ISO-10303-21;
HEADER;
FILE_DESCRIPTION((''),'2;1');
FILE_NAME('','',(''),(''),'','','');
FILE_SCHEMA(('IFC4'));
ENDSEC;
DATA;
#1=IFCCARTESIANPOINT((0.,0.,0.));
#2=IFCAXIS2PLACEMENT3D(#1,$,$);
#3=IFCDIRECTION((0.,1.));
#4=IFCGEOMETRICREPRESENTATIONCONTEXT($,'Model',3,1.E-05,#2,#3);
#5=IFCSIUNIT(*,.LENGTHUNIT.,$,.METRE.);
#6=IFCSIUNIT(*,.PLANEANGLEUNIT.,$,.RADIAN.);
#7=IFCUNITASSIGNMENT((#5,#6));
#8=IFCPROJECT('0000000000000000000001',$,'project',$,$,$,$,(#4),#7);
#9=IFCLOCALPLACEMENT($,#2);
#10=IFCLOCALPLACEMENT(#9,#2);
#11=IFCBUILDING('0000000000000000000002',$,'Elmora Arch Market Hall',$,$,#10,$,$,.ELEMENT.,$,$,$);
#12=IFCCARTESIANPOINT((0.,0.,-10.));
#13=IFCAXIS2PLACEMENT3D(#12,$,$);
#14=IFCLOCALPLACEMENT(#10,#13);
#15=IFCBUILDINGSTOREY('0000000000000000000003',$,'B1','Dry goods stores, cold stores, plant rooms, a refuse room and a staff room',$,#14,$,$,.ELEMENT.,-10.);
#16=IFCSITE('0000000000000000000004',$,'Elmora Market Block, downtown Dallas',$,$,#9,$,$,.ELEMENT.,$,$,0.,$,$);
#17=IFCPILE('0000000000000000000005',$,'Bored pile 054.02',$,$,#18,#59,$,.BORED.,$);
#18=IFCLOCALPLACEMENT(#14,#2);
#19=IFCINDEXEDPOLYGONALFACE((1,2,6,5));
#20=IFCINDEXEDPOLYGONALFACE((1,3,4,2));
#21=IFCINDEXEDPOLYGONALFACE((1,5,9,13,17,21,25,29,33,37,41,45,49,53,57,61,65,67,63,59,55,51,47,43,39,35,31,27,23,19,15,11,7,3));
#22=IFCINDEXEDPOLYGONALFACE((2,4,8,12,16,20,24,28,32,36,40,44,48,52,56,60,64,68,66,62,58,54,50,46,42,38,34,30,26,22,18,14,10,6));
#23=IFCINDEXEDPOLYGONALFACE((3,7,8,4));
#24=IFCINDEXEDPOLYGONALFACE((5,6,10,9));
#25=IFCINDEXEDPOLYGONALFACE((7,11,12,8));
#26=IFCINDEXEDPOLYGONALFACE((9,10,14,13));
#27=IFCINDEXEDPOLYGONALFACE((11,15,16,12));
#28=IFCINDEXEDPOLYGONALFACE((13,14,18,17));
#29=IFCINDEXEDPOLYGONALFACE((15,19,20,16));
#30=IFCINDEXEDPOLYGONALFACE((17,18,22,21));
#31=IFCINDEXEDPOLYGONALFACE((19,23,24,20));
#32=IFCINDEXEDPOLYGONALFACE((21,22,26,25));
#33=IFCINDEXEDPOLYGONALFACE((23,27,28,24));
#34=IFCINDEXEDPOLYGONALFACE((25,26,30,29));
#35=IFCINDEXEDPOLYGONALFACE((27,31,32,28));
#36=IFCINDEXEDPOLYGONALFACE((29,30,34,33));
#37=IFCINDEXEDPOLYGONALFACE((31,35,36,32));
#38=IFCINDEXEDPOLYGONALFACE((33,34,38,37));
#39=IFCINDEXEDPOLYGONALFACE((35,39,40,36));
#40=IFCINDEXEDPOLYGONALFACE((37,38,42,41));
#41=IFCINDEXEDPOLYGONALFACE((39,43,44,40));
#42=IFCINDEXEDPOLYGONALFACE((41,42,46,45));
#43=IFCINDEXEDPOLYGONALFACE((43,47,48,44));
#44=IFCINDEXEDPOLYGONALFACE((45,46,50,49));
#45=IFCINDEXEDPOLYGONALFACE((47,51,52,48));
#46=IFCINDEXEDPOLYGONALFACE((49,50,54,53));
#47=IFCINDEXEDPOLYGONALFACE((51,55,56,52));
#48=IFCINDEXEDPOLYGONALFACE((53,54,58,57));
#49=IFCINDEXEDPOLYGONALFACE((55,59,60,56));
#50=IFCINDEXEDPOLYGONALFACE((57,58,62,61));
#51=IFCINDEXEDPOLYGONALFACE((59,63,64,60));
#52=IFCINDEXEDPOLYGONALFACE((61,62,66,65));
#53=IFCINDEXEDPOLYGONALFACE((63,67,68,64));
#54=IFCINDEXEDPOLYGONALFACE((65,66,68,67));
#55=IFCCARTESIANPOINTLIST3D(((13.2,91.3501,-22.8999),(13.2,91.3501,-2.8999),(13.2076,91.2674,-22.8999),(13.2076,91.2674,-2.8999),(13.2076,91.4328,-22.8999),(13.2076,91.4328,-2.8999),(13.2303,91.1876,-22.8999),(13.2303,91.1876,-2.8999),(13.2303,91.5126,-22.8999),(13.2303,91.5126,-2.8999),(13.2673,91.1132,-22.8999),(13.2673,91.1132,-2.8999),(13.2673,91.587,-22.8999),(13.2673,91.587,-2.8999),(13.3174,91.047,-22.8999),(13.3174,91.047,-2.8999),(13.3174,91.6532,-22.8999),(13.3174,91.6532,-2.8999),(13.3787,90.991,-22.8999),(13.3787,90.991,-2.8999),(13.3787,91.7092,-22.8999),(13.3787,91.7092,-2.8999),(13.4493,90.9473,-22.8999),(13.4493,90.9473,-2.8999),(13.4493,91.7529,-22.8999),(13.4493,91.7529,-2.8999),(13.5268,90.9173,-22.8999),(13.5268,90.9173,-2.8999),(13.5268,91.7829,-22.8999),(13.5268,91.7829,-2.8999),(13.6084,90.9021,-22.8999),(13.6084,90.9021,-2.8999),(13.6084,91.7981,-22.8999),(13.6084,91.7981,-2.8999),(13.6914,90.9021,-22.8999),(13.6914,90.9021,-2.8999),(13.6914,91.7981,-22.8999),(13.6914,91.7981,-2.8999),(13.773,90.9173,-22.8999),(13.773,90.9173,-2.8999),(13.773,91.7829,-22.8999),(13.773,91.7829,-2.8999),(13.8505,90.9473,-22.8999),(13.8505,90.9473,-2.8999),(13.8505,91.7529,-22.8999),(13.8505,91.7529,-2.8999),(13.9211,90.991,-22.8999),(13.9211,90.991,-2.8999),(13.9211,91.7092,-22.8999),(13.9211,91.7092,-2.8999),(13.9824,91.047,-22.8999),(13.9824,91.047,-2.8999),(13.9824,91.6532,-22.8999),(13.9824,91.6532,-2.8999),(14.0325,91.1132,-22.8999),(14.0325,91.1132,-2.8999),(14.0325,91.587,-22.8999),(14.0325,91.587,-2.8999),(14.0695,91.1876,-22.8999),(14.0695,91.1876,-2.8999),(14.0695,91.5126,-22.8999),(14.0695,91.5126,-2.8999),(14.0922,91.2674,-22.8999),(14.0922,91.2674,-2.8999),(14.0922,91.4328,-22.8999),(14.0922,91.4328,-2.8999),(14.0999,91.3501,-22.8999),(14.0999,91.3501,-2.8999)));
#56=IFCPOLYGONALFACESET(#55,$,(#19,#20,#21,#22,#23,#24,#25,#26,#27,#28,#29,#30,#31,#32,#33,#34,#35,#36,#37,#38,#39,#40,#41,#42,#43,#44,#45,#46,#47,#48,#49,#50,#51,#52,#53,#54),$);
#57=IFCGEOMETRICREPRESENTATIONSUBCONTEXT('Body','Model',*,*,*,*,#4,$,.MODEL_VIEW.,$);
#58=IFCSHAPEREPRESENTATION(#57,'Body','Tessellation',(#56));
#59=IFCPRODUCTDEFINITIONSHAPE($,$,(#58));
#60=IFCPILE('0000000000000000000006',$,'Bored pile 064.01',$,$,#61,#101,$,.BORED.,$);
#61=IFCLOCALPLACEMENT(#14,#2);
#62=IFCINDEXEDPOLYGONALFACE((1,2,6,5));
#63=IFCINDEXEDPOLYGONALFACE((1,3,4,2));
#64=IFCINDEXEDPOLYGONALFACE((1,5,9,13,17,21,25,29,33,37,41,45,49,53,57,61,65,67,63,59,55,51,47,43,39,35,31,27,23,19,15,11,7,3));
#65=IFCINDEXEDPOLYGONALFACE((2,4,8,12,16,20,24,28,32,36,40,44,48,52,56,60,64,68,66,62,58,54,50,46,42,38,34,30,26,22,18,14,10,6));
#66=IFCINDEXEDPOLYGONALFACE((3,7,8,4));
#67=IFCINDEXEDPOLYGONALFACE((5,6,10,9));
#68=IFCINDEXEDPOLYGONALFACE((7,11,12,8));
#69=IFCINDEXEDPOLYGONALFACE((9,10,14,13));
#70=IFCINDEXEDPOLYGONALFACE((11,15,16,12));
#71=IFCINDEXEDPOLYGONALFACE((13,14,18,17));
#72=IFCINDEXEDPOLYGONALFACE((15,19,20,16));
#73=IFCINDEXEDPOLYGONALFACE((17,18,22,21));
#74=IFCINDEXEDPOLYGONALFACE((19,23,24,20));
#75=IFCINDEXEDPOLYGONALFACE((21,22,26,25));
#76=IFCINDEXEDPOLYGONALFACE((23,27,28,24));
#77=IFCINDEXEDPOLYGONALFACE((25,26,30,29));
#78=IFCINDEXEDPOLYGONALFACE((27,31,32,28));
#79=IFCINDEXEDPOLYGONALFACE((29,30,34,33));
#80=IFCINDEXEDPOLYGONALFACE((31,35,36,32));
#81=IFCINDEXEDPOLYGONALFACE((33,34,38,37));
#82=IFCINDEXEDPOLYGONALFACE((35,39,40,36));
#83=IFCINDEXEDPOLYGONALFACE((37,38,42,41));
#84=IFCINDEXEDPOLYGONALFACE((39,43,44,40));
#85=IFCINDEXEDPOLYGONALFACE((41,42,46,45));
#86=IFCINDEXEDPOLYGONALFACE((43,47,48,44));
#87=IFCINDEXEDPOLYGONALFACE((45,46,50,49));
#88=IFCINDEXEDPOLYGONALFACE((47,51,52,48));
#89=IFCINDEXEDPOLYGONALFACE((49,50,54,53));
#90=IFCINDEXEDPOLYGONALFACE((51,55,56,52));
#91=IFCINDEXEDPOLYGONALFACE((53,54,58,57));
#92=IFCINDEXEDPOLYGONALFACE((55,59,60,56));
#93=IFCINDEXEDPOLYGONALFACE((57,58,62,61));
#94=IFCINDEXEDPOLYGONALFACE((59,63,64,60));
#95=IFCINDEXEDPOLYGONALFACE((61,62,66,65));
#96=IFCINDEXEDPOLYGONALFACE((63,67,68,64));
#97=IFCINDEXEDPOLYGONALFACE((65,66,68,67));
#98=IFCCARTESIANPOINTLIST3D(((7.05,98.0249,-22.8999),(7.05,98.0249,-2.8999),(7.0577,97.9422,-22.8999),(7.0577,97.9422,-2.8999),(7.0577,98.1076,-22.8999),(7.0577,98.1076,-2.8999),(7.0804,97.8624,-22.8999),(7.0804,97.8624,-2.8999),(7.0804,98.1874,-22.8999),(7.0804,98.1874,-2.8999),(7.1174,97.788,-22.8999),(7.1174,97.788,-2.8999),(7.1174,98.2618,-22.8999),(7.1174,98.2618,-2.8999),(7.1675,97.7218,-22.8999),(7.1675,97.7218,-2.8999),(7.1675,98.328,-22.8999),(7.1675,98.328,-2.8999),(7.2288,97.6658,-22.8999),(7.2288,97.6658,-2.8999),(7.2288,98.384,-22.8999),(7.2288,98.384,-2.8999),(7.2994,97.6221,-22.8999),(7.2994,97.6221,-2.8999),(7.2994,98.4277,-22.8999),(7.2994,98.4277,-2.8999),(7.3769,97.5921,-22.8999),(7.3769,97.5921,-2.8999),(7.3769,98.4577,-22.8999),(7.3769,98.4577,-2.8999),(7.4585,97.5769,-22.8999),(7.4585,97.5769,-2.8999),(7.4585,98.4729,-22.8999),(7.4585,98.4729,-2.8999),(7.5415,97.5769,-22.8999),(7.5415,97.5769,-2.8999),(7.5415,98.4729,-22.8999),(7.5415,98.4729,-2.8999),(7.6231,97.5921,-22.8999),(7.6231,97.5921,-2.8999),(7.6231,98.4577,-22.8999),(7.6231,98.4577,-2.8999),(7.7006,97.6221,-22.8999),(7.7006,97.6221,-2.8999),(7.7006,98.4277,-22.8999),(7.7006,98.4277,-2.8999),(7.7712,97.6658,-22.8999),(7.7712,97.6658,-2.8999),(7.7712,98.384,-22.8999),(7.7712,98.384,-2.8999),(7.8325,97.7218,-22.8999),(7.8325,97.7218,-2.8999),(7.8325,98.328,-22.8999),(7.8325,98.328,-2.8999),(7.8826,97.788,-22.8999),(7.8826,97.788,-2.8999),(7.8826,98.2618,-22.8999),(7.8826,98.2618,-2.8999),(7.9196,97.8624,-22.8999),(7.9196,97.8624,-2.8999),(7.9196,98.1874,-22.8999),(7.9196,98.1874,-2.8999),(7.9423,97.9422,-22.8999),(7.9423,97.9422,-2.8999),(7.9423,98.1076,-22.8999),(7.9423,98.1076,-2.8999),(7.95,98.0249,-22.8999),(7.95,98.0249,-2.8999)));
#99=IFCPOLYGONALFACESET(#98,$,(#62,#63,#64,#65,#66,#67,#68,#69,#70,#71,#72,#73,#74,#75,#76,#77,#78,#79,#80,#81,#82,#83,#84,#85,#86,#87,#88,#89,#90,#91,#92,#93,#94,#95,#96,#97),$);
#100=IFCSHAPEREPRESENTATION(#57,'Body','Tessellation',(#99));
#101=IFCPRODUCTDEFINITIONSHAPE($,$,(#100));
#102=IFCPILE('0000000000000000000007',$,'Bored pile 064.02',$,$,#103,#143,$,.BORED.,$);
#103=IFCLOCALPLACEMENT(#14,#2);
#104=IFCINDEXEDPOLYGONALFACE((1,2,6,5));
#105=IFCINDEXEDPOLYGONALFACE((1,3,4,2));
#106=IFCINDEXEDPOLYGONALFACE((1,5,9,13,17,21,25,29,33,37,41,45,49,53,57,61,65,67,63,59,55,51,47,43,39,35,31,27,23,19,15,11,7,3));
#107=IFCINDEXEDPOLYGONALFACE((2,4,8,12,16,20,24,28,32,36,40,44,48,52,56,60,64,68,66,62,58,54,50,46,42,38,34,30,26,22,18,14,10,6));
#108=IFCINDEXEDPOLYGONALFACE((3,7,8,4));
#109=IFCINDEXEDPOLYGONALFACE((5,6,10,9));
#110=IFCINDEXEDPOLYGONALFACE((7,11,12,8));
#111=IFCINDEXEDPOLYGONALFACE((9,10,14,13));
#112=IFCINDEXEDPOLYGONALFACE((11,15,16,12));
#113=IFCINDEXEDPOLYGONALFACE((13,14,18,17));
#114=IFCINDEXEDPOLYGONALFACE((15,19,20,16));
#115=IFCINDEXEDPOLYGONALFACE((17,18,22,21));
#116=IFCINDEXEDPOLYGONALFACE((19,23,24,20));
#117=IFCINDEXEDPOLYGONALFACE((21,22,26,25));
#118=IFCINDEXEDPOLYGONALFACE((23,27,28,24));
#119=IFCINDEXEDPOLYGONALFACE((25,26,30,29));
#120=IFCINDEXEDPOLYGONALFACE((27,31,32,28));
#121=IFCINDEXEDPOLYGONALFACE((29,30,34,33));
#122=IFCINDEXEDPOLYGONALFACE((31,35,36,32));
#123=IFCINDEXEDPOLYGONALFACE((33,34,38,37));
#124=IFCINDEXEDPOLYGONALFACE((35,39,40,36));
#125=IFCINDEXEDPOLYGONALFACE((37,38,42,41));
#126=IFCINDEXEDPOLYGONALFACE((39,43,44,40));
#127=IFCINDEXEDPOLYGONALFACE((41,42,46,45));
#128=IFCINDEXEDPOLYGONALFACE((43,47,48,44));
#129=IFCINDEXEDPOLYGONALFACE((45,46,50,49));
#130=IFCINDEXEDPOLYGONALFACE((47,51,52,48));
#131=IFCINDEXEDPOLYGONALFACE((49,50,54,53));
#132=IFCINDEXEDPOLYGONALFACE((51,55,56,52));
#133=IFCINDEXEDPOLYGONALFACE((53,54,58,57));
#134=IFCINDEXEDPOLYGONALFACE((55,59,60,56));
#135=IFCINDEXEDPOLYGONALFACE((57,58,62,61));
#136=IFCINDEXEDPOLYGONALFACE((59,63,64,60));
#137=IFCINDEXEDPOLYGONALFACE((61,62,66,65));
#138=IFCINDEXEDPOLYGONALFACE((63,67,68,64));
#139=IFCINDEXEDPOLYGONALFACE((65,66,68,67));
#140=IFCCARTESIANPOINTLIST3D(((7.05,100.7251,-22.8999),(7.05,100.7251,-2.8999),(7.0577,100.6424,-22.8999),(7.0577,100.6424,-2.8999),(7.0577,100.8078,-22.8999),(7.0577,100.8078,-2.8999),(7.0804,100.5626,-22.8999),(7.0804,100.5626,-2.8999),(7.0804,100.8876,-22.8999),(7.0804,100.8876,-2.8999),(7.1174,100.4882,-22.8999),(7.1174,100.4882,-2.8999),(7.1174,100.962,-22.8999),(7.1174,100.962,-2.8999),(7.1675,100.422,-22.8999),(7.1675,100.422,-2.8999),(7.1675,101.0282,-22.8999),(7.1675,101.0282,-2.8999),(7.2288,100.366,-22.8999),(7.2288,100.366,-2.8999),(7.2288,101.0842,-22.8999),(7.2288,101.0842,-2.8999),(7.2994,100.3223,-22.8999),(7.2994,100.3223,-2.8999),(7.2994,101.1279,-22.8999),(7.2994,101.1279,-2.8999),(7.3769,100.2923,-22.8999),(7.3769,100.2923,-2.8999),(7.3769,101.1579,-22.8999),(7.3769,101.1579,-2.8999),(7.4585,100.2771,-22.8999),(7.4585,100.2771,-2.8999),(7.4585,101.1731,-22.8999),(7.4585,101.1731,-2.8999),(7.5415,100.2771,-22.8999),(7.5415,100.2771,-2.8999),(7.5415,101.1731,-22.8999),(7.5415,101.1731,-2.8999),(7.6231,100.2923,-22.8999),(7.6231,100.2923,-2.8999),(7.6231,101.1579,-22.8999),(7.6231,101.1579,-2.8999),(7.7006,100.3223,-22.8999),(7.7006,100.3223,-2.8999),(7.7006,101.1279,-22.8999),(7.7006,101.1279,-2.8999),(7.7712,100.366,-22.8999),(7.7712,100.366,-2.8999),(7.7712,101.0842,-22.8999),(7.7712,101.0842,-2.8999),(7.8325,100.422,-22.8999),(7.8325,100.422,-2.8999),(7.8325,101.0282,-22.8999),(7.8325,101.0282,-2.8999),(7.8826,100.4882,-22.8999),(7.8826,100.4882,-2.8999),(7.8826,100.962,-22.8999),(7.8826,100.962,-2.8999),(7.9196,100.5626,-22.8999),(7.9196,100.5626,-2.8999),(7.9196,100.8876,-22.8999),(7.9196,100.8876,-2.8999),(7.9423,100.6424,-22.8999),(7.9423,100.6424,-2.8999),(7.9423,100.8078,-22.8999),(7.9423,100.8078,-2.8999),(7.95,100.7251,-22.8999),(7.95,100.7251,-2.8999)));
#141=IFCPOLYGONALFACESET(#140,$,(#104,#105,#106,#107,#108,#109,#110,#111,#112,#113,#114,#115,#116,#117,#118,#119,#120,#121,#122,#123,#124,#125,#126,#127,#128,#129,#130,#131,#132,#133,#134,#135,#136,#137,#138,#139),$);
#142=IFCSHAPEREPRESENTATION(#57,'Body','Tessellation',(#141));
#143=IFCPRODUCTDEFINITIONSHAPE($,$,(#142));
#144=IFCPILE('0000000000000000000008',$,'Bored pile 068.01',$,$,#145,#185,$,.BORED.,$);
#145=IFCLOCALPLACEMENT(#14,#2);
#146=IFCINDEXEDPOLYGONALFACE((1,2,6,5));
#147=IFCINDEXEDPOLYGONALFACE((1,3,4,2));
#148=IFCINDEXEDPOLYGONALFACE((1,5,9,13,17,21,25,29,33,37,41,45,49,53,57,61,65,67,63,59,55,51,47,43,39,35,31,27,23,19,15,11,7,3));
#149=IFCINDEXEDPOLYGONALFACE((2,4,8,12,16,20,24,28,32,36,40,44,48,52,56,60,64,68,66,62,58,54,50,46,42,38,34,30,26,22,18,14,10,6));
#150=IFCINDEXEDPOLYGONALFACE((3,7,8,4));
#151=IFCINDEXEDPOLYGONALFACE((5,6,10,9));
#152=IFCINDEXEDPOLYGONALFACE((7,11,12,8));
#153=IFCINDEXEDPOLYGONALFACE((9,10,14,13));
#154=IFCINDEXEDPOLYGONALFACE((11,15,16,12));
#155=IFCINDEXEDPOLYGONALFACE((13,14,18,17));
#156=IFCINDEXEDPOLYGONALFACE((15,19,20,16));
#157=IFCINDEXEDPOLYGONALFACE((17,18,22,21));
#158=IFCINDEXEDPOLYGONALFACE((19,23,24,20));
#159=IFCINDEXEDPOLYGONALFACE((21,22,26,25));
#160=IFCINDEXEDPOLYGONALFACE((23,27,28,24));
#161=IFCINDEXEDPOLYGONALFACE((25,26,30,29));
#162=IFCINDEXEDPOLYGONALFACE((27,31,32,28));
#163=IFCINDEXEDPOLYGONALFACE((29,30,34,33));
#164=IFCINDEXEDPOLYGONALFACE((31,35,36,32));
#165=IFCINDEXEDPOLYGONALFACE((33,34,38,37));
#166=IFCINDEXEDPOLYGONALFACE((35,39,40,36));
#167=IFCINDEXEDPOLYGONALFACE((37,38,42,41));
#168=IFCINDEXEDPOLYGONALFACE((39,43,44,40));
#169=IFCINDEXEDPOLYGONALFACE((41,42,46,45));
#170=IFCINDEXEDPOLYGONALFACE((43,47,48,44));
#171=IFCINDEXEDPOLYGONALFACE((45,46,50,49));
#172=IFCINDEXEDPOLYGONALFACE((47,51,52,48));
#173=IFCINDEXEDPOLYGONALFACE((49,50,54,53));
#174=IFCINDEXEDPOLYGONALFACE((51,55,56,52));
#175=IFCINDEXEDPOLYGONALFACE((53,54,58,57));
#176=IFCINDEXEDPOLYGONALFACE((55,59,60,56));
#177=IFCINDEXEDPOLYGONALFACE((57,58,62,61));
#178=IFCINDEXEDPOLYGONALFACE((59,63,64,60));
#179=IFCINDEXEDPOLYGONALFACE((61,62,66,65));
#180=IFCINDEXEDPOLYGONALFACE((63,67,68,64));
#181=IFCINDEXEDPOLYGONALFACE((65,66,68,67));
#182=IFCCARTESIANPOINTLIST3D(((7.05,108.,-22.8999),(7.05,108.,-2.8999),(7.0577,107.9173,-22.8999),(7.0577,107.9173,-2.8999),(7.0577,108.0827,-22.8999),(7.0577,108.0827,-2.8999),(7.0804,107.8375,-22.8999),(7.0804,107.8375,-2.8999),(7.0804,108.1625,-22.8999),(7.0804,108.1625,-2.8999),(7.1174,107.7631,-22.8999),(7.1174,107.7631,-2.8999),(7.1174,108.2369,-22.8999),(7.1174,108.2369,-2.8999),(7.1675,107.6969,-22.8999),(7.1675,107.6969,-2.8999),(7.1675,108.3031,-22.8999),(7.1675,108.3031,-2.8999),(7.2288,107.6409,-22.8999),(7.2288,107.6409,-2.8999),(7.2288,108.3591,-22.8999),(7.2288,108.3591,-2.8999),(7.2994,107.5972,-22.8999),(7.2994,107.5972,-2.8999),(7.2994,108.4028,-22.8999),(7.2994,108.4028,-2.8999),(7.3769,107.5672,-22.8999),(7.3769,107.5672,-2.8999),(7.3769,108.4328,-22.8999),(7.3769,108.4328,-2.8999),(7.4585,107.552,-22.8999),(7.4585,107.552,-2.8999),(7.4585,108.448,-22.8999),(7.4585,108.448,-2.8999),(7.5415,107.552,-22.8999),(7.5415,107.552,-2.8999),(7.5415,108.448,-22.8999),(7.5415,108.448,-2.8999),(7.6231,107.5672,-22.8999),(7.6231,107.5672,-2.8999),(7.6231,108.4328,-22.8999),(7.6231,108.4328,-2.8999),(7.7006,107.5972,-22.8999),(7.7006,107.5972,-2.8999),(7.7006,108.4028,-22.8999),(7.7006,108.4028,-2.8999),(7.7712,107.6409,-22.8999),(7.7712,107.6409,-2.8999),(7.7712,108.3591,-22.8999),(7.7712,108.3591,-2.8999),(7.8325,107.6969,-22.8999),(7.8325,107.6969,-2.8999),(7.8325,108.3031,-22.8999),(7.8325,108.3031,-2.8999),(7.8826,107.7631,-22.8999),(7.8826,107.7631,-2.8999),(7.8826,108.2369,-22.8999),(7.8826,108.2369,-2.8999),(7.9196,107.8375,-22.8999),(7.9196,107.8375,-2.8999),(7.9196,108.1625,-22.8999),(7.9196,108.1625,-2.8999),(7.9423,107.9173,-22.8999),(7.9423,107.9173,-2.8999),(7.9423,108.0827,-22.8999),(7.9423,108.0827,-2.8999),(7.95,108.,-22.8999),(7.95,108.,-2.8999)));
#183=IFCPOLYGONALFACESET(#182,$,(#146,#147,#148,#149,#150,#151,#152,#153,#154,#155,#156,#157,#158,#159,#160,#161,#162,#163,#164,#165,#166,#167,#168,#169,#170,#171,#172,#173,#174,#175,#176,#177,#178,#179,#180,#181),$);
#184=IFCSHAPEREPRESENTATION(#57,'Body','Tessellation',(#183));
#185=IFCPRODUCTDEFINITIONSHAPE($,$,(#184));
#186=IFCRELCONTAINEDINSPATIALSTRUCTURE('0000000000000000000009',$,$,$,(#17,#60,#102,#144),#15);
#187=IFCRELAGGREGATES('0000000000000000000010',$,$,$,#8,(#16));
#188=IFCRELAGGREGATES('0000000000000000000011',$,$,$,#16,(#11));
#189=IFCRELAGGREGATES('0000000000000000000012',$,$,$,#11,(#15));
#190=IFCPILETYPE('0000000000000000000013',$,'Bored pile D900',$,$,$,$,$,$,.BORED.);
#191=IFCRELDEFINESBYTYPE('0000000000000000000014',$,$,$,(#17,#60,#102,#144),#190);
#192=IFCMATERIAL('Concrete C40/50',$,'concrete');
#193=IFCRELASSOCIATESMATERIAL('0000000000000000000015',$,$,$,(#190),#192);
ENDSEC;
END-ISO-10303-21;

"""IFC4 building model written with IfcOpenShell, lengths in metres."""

from ifc_helpers import new_model, si_unit, direction, frame, origin, origin_2d, place, context, subcontext, project, spatial, circle, extrude, material, material_profile, profile_set, type_object, element, save


model = new_model("IFC4")

# Units and contexts
model_context = context("Model", 3, precision=1e-05, world=origin(), true_north=direction((0.0, 1.0)))
body_context = subcontext(model_context, "Body", "Model", "MODEL_VIEW")
ifc_project = project(units=[si_unit("LENGTHUNIT", "METRE"), si_unit("PLANEANGLEUNIT", "RADIAN")], contexts=[model_context])

# Site, building, storey
site_placement = place(None, origin())
site = spatial("IfcSite", under=ifc_project, at=site_placement, Name="Elmora Market Block, downtown Dallas", CompositionType="ELEMENT", RefElevation=0.0)
building_placement = place(site_placement, origin())
building = spatial("IfcBuilding", under=site, at=building_placement, Name="Elmora Arch Market Hall", CompositionType="ELEMENT")
storey_placement = place(building_placement, frame((0.0, 0.0, -10.0)))
storey = spatial("IfcBuildingStorey", under=building, at=storey_placement, Name="B1", Description="Dry goods stores, cold stores, plant rooms, a refuse room and a staff room", CompositionType="ELEMENT", Elevation=-10.0)

# Piles
ifc_material_1 = material(Name="Concrete C40/50", Category="concrete")
ifc_material_profile_1 = material_profile(ifc_material_1, circle(Radius=0.45, at=origin_2d()), Name="Bored pile D900")
ifc_profile_set_1 = profile_set([ifc_material_profile_1], Name="Concrete C40/50")
pile_type = type_object("IfcPileType", Name="Bored pile D900", PredefinedType="BORED", material=ifc_profile_set_1)
for number, where, z_axis, x_axis, name in (
    (1, (13.6499, 91.3501, -2.8999), (0.0, 0.0, -1.0), (1.0, 0.0, 0.0), "Bored pile 054.02"),
    (2, (7.5, 98.0249, -2.8999), (0.0, 0.0, -1.0), (1.0, 0.0, 0.0), "Bored pile 064.01"),
    (3, (7.5, 100.7251, -2.8999), (0.0, 0.0, -1.0), (1.0, 0.0, 0.0), "Bored pile 064.02"),
    (4, (7.5, 108.0, -2.8999), (0.0, 0.0, -1.0), (1.0, 0.0, 0.0), "Bored pile 068.01"),
):
    element("IfcPile", number, at=place(storey_placement, frame(where, z_axis=z_axis, x_axis=x_axis)), inside=storey, type_object=pile_type, Name=name, PredefinedType="BORED", context=body_context, shape_type="SweptSolid", body=[
        extrude(circle(Radius=0.45, at=origin_2d()), origin(), (0.0, 0.0, 1.0), 20.0),
    ])

save(model, "model.ifc")
